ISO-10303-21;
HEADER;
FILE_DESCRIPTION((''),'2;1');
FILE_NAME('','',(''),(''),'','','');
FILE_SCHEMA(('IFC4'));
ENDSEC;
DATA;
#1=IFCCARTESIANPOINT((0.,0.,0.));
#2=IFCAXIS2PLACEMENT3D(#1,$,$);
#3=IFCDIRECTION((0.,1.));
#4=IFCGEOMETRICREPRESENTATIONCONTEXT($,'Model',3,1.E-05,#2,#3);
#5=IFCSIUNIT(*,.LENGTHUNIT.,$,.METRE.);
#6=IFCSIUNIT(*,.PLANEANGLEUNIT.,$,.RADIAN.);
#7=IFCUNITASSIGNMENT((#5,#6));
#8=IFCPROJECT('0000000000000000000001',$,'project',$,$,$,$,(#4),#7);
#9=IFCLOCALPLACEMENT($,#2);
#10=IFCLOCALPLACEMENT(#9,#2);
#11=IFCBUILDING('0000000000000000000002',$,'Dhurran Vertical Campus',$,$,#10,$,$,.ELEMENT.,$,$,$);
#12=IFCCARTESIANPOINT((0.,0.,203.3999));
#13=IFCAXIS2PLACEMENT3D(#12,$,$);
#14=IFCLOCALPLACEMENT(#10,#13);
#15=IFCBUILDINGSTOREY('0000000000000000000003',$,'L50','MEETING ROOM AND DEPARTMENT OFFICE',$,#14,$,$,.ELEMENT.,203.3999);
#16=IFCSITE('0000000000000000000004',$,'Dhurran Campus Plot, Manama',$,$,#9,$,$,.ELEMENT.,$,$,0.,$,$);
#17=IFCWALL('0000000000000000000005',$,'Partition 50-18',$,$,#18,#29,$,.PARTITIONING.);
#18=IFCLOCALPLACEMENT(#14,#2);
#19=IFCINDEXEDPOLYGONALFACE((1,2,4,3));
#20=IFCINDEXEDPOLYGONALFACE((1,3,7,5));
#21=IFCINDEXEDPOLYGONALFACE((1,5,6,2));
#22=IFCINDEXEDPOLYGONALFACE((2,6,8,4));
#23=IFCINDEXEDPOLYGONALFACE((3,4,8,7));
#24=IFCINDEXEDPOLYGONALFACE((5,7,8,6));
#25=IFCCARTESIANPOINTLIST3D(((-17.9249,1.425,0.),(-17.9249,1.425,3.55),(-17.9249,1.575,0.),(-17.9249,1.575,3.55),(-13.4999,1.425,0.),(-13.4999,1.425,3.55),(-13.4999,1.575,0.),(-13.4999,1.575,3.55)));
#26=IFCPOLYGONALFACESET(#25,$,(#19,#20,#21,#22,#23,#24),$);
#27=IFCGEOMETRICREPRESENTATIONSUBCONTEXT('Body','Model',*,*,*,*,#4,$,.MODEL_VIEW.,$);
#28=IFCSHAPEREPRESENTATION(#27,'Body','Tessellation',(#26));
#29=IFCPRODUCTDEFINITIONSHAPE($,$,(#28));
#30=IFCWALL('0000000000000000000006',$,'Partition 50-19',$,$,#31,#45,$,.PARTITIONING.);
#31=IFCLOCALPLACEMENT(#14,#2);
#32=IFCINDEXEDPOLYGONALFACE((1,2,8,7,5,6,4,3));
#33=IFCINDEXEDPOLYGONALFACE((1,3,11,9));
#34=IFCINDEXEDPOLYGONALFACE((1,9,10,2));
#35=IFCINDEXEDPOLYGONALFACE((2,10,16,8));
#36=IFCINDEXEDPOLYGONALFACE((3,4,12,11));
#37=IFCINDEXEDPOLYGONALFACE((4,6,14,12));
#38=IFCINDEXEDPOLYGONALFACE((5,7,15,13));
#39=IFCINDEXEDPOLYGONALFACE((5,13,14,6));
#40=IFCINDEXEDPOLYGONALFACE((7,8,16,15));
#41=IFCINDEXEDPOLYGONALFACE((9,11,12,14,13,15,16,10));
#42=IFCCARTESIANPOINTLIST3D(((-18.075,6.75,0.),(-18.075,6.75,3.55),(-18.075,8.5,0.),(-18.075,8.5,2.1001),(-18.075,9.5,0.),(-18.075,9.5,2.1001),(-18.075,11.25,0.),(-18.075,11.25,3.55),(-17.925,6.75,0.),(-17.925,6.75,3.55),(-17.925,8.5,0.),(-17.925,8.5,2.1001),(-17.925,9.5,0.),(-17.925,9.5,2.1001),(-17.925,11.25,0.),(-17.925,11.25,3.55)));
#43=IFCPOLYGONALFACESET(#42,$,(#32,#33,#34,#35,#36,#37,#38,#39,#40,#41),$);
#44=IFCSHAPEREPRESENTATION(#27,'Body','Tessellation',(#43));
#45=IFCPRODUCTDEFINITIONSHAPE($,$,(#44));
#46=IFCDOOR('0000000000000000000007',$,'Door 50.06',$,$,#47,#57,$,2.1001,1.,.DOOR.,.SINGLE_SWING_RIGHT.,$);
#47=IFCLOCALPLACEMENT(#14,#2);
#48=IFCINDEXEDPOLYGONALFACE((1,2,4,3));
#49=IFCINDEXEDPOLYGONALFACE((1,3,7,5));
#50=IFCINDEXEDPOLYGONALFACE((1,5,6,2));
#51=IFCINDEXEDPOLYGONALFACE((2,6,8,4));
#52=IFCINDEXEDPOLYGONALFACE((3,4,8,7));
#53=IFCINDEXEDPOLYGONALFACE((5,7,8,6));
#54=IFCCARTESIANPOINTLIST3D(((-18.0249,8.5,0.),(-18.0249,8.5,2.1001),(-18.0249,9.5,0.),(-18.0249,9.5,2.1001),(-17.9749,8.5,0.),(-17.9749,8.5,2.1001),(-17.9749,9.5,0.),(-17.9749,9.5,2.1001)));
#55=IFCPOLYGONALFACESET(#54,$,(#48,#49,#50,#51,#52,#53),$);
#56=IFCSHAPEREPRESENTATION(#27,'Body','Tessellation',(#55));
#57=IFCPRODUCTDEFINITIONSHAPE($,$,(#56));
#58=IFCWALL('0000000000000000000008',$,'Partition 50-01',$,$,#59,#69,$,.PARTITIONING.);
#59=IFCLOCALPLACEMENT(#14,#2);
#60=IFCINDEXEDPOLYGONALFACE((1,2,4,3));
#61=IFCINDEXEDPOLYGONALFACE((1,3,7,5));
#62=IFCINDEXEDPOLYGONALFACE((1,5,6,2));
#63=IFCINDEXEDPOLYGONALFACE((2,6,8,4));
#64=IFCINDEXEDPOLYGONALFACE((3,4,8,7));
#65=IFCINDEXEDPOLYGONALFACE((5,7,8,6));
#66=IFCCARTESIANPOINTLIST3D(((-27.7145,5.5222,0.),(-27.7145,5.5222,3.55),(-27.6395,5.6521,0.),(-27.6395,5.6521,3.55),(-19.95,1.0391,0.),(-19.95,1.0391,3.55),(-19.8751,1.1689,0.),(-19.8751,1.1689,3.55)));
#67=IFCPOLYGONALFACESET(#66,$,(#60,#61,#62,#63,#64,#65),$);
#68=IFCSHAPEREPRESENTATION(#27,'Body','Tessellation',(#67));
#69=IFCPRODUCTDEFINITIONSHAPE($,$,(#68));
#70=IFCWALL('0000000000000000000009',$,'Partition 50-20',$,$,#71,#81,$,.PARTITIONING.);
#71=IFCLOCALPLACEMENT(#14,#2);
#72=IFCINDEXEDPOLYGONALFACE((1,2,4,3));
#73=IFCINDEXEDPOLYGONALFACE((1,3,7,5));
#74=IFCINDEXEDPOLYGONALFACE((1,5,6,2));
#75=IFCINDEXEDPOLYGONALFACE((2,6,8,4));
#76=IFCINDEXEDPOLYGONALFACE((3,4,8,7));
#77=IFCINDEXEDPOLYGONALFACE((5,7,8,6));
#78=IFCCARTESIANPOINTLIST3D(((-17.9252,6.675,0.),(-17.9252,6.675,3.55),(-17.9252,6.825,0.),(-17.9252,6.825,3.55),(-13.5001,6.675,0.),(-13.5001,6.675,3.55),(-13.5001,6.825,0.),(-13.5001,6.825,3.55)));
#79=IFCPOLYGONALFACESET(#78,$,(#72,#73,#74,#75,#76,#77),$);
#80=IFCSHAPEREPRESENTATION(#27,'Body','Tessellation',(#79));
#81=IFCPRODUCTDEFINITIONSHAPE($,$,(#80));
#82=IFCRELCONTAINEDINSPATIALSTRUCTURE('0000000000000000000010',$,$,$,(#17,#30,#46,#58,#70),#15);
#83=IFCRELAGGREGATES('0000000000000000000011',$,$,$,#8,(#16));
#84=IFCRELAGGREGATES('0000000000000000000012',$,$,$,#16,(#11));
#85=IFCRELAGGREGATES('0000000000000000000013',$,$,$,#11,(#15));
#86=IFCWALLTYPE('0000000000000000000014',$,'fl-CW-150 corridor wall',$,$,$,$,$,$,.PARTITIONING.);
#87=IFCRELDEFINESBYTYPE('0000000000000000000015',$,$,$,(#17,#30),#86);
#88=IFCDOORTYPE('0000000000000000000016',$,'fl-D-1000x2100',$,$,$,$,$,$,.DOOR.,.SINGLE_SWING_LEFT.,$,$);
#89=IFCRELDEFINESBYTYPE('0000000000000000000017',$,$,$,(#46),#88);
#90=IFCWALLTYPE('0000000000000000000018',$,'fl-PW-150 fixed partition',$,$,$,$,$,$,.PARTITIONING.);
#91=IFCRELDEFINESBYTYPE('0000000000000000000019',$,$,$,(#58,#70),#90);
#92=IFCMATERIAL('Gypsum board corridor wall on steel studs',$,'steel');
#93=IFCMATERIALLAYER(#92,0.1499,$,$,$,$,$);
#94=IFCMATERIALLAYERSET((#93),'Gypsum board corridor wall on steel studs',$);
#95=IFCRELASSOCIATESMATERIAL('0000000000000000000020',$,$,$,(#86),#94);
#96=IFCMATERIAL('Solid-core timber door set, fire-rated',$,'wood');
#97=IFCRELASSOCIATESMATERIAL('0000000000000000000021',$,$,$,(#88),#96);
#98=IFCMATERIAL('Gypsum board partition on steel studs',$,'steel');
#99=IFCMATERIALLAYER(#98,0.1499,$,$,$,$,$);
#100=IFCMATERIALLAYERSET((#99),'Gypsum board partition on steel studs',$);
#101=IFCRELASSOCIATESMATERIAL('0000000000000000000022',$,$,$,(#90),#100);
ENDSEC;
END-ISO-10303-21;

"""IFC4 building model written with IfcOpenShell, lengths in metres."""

from ifc_helpers import new_model, si_unit, direction, frame, frame_2d, origin, place, context, subcontext, project, spatial, rectangle, extrude, material, layer, layer_set, type_object, element, fill, save


model = new_model("IFC4")

# Units and contexts
model_context = context("Model", 3, precision=1e-05, world=origin(), true_north=direction((0.0, 1.0)))
body_context = subcontext(model_context, "Body", "Model", "MODEL_VIEW")
ifc_project = project(units=[si_unit("LENGTHUNIT", "METRE"), si_unit("PLANEANGLEUNIT", "RADIAN")], contexts=[model_context])

# Site, building, storey
site_placement = place(None, origin())
site = spatial("IfcSite", under=ifc_project, at=site_placement, Name="Dhurran Campus Plot, Manama", CompositionType="ELEMENT", RefElevation=0.0)
building_placement = place(site_placement, origin())
building = spatial("IfcBuilding", under=site, at=building_placement, Name="Dhurran Vertical Campus", CompositionType="ELEMENT")
storey_placement = place(building_placement, frame((0.0, 0.0, 203.3999)))
storey = spatial("IfcBuildingStorey", under=building, at=storey_placement, Name="L50", Description="MEETING ROOM AND DEPARTMENT OFFICE", CompositionType="ELEMENT", Elevation=203.3999)

# Shared definitions
ifc_material_1 = material(Name="Gypsum board corridor wall on steel studs", Category="steel")
ifc_layer_1 = layer(ifc_material_1, 0.1499)
ifc_layer_set_1 = layer_set([ifc_layer_1], Name="Gypsum board corridor wall on steel studs")
wall_type_1 = type_object("IfcWallType", Name="fl-CW-150 corridor wall", PredefinedType="PARTITIONING", material=ifc_layer_set_1)
ifc_material_2 = material(Name="Solid-core timber door set, fire-rated", Category="wood")
door_type_1 = type_object("IfcDoorType", Name="fl-D-1000x2100", OperationType="SINGLE_SWING_LEFT", PredefinedType="DOOR", material=ifc_material_2)

# Wall
wall_1_placement = place(storey_placement, frame((-13.5, 1.5, 0.0), z_axis=(0.0, 0.0, 1.0), x_axis=(-1.0, 0.0, 0.0)))
element("IfcWall", 1, at=wall_1_placement, inside=storey, type_object=wall_type_1, Name="Partition 50-18", PredefinedType="PARTITIONING", context=body_context, shape_type="SweptSolid", body=[
    extrude(rectangle(XDim=4.425, YDim=0.1499, at=frame_2d((2.2124, 0.0))), origin(), (0.0, 0.0, 1.0), 3.55),
])

# Wall, opening, door
wall_2_placement = place(storey_placement, frame((-18.0, 6.75, 0.0), z_axis=(0.0, 0.0, 1.0), x_axis=(0.0, 1.0, 0.0)))
wall_2 = element("IfcWall", 2, at=wall_2_placement, inside=storey, type_object=wall_type_1, Name="Partition 50-19", PredefinedType="PARTITIONING", context=body_context, shape_type="SweptSolid", body=[
    extrude(rectangle(XDim=4.5, YDim=0.1499, at=frame_2d((2.25, 0.0))), origin(), (0.0, 0.0, 1.0), 3.55),
])
opening_1_placement = place(wall_2_placement, frame((1.75, 0.0, 0.0)))
opening_1 = element("IfcOpeningElement", 3, at=opening_1_placement, cuts=wall_2, PredefinedType="OPENING", context=body_context, shape_type="SweptSolid", body=[
    extrude(rectangle(XDim=1.0, YDim=2.1001, at=frame_2d((0.5, 1.05))), frame((0.0, 0.085, 0.0), z_axis=(0.0, -1.0, 0.0), x_axis=(1.0, 0.0, 0.0)), (0.0, 0.0, 1.0), 0.1699),
])
door_1_placement = place(opening_1_placement, origin())
door_1 = element("IfcDoor", 4, at=door_1_placement, inside=storey, type_object=door_type_1, Name="Door 50.06", OperationType="SINGLE_SWING_RIGHT", OverallHeight=2.1001, OverallWidth=1.0, PredefinedType="DOOR", context=body_context, shape_type="SweptSolid", body=[
    extrude(rectangle(XDim=1.0, YDim=2.1001, at=frame_2d((0.5, 1.05))), frame((0.0, 0.0249, 0.0), z_axis=(0.0, -1.0, 0.0), x_axis=(1.0, 0.0, 0.0)), (0.0, 0.0, 1.0), 0.05),
])
fill(opening_1, door_1)

# Walls
ifc_material_3 = material(Name="Gypsum board partition on steel studs", Category="steel")
ifc_layer_2 = layer(ifc_material_3, 0.1499)
ifc_layer_set_2 = layer_set([ifc_layer_2], Name="Gypsum board partition on steel studs")
wall_type_2 = type_object("IfcWallType", Name="fl-PW-150 fixed partition", PredefinedType="PARTITIONING", material=ifc_layer_set_2)
wall_3_placement = place(storey_placement, frame((-27.677, 5.5872, 0.0), z_axis=(0.0, 0.0, 1.0), x_axis=(0.866007, -0.500031, 0.0)))
element("IfcWall", 5, at=wall_3_placement, inside=storey, type_object=wall_type_2, Name="Partition 50-01", PredefinedType="PARTITIONING", context=body_context, shape_type="SweptSolid", body=[
    extrude(rectangle(XDim=8.9658, YDim=0.1499, at=frame_2d((4.4829, 0.0))), origin(), (0.0, 0.0, 1.0), 3.55),
])
wall_4_placement = place(storey_placement, frame((-17.925, 6.75, 0.0), z_axis=(0.0, 0.0, 1.0), x_axis=(1.0, 0.0, 0.0)))
element("IfcWall", 6, at=wall_4_placement, inside=storey, type_object=wall_type_2, Name="Partition 50-20", PredefinedType="PARTITIONING", context=body_context, shape_type="SweptSolid", body=[
    extrude(rectangle(XDim=4.425, YDim=0.1499, at=frame_2d((2.2124, 0.0))), origin(), (0.0, 0.0, 1.0), 3.55),
])

save(model, "model.ifc")
